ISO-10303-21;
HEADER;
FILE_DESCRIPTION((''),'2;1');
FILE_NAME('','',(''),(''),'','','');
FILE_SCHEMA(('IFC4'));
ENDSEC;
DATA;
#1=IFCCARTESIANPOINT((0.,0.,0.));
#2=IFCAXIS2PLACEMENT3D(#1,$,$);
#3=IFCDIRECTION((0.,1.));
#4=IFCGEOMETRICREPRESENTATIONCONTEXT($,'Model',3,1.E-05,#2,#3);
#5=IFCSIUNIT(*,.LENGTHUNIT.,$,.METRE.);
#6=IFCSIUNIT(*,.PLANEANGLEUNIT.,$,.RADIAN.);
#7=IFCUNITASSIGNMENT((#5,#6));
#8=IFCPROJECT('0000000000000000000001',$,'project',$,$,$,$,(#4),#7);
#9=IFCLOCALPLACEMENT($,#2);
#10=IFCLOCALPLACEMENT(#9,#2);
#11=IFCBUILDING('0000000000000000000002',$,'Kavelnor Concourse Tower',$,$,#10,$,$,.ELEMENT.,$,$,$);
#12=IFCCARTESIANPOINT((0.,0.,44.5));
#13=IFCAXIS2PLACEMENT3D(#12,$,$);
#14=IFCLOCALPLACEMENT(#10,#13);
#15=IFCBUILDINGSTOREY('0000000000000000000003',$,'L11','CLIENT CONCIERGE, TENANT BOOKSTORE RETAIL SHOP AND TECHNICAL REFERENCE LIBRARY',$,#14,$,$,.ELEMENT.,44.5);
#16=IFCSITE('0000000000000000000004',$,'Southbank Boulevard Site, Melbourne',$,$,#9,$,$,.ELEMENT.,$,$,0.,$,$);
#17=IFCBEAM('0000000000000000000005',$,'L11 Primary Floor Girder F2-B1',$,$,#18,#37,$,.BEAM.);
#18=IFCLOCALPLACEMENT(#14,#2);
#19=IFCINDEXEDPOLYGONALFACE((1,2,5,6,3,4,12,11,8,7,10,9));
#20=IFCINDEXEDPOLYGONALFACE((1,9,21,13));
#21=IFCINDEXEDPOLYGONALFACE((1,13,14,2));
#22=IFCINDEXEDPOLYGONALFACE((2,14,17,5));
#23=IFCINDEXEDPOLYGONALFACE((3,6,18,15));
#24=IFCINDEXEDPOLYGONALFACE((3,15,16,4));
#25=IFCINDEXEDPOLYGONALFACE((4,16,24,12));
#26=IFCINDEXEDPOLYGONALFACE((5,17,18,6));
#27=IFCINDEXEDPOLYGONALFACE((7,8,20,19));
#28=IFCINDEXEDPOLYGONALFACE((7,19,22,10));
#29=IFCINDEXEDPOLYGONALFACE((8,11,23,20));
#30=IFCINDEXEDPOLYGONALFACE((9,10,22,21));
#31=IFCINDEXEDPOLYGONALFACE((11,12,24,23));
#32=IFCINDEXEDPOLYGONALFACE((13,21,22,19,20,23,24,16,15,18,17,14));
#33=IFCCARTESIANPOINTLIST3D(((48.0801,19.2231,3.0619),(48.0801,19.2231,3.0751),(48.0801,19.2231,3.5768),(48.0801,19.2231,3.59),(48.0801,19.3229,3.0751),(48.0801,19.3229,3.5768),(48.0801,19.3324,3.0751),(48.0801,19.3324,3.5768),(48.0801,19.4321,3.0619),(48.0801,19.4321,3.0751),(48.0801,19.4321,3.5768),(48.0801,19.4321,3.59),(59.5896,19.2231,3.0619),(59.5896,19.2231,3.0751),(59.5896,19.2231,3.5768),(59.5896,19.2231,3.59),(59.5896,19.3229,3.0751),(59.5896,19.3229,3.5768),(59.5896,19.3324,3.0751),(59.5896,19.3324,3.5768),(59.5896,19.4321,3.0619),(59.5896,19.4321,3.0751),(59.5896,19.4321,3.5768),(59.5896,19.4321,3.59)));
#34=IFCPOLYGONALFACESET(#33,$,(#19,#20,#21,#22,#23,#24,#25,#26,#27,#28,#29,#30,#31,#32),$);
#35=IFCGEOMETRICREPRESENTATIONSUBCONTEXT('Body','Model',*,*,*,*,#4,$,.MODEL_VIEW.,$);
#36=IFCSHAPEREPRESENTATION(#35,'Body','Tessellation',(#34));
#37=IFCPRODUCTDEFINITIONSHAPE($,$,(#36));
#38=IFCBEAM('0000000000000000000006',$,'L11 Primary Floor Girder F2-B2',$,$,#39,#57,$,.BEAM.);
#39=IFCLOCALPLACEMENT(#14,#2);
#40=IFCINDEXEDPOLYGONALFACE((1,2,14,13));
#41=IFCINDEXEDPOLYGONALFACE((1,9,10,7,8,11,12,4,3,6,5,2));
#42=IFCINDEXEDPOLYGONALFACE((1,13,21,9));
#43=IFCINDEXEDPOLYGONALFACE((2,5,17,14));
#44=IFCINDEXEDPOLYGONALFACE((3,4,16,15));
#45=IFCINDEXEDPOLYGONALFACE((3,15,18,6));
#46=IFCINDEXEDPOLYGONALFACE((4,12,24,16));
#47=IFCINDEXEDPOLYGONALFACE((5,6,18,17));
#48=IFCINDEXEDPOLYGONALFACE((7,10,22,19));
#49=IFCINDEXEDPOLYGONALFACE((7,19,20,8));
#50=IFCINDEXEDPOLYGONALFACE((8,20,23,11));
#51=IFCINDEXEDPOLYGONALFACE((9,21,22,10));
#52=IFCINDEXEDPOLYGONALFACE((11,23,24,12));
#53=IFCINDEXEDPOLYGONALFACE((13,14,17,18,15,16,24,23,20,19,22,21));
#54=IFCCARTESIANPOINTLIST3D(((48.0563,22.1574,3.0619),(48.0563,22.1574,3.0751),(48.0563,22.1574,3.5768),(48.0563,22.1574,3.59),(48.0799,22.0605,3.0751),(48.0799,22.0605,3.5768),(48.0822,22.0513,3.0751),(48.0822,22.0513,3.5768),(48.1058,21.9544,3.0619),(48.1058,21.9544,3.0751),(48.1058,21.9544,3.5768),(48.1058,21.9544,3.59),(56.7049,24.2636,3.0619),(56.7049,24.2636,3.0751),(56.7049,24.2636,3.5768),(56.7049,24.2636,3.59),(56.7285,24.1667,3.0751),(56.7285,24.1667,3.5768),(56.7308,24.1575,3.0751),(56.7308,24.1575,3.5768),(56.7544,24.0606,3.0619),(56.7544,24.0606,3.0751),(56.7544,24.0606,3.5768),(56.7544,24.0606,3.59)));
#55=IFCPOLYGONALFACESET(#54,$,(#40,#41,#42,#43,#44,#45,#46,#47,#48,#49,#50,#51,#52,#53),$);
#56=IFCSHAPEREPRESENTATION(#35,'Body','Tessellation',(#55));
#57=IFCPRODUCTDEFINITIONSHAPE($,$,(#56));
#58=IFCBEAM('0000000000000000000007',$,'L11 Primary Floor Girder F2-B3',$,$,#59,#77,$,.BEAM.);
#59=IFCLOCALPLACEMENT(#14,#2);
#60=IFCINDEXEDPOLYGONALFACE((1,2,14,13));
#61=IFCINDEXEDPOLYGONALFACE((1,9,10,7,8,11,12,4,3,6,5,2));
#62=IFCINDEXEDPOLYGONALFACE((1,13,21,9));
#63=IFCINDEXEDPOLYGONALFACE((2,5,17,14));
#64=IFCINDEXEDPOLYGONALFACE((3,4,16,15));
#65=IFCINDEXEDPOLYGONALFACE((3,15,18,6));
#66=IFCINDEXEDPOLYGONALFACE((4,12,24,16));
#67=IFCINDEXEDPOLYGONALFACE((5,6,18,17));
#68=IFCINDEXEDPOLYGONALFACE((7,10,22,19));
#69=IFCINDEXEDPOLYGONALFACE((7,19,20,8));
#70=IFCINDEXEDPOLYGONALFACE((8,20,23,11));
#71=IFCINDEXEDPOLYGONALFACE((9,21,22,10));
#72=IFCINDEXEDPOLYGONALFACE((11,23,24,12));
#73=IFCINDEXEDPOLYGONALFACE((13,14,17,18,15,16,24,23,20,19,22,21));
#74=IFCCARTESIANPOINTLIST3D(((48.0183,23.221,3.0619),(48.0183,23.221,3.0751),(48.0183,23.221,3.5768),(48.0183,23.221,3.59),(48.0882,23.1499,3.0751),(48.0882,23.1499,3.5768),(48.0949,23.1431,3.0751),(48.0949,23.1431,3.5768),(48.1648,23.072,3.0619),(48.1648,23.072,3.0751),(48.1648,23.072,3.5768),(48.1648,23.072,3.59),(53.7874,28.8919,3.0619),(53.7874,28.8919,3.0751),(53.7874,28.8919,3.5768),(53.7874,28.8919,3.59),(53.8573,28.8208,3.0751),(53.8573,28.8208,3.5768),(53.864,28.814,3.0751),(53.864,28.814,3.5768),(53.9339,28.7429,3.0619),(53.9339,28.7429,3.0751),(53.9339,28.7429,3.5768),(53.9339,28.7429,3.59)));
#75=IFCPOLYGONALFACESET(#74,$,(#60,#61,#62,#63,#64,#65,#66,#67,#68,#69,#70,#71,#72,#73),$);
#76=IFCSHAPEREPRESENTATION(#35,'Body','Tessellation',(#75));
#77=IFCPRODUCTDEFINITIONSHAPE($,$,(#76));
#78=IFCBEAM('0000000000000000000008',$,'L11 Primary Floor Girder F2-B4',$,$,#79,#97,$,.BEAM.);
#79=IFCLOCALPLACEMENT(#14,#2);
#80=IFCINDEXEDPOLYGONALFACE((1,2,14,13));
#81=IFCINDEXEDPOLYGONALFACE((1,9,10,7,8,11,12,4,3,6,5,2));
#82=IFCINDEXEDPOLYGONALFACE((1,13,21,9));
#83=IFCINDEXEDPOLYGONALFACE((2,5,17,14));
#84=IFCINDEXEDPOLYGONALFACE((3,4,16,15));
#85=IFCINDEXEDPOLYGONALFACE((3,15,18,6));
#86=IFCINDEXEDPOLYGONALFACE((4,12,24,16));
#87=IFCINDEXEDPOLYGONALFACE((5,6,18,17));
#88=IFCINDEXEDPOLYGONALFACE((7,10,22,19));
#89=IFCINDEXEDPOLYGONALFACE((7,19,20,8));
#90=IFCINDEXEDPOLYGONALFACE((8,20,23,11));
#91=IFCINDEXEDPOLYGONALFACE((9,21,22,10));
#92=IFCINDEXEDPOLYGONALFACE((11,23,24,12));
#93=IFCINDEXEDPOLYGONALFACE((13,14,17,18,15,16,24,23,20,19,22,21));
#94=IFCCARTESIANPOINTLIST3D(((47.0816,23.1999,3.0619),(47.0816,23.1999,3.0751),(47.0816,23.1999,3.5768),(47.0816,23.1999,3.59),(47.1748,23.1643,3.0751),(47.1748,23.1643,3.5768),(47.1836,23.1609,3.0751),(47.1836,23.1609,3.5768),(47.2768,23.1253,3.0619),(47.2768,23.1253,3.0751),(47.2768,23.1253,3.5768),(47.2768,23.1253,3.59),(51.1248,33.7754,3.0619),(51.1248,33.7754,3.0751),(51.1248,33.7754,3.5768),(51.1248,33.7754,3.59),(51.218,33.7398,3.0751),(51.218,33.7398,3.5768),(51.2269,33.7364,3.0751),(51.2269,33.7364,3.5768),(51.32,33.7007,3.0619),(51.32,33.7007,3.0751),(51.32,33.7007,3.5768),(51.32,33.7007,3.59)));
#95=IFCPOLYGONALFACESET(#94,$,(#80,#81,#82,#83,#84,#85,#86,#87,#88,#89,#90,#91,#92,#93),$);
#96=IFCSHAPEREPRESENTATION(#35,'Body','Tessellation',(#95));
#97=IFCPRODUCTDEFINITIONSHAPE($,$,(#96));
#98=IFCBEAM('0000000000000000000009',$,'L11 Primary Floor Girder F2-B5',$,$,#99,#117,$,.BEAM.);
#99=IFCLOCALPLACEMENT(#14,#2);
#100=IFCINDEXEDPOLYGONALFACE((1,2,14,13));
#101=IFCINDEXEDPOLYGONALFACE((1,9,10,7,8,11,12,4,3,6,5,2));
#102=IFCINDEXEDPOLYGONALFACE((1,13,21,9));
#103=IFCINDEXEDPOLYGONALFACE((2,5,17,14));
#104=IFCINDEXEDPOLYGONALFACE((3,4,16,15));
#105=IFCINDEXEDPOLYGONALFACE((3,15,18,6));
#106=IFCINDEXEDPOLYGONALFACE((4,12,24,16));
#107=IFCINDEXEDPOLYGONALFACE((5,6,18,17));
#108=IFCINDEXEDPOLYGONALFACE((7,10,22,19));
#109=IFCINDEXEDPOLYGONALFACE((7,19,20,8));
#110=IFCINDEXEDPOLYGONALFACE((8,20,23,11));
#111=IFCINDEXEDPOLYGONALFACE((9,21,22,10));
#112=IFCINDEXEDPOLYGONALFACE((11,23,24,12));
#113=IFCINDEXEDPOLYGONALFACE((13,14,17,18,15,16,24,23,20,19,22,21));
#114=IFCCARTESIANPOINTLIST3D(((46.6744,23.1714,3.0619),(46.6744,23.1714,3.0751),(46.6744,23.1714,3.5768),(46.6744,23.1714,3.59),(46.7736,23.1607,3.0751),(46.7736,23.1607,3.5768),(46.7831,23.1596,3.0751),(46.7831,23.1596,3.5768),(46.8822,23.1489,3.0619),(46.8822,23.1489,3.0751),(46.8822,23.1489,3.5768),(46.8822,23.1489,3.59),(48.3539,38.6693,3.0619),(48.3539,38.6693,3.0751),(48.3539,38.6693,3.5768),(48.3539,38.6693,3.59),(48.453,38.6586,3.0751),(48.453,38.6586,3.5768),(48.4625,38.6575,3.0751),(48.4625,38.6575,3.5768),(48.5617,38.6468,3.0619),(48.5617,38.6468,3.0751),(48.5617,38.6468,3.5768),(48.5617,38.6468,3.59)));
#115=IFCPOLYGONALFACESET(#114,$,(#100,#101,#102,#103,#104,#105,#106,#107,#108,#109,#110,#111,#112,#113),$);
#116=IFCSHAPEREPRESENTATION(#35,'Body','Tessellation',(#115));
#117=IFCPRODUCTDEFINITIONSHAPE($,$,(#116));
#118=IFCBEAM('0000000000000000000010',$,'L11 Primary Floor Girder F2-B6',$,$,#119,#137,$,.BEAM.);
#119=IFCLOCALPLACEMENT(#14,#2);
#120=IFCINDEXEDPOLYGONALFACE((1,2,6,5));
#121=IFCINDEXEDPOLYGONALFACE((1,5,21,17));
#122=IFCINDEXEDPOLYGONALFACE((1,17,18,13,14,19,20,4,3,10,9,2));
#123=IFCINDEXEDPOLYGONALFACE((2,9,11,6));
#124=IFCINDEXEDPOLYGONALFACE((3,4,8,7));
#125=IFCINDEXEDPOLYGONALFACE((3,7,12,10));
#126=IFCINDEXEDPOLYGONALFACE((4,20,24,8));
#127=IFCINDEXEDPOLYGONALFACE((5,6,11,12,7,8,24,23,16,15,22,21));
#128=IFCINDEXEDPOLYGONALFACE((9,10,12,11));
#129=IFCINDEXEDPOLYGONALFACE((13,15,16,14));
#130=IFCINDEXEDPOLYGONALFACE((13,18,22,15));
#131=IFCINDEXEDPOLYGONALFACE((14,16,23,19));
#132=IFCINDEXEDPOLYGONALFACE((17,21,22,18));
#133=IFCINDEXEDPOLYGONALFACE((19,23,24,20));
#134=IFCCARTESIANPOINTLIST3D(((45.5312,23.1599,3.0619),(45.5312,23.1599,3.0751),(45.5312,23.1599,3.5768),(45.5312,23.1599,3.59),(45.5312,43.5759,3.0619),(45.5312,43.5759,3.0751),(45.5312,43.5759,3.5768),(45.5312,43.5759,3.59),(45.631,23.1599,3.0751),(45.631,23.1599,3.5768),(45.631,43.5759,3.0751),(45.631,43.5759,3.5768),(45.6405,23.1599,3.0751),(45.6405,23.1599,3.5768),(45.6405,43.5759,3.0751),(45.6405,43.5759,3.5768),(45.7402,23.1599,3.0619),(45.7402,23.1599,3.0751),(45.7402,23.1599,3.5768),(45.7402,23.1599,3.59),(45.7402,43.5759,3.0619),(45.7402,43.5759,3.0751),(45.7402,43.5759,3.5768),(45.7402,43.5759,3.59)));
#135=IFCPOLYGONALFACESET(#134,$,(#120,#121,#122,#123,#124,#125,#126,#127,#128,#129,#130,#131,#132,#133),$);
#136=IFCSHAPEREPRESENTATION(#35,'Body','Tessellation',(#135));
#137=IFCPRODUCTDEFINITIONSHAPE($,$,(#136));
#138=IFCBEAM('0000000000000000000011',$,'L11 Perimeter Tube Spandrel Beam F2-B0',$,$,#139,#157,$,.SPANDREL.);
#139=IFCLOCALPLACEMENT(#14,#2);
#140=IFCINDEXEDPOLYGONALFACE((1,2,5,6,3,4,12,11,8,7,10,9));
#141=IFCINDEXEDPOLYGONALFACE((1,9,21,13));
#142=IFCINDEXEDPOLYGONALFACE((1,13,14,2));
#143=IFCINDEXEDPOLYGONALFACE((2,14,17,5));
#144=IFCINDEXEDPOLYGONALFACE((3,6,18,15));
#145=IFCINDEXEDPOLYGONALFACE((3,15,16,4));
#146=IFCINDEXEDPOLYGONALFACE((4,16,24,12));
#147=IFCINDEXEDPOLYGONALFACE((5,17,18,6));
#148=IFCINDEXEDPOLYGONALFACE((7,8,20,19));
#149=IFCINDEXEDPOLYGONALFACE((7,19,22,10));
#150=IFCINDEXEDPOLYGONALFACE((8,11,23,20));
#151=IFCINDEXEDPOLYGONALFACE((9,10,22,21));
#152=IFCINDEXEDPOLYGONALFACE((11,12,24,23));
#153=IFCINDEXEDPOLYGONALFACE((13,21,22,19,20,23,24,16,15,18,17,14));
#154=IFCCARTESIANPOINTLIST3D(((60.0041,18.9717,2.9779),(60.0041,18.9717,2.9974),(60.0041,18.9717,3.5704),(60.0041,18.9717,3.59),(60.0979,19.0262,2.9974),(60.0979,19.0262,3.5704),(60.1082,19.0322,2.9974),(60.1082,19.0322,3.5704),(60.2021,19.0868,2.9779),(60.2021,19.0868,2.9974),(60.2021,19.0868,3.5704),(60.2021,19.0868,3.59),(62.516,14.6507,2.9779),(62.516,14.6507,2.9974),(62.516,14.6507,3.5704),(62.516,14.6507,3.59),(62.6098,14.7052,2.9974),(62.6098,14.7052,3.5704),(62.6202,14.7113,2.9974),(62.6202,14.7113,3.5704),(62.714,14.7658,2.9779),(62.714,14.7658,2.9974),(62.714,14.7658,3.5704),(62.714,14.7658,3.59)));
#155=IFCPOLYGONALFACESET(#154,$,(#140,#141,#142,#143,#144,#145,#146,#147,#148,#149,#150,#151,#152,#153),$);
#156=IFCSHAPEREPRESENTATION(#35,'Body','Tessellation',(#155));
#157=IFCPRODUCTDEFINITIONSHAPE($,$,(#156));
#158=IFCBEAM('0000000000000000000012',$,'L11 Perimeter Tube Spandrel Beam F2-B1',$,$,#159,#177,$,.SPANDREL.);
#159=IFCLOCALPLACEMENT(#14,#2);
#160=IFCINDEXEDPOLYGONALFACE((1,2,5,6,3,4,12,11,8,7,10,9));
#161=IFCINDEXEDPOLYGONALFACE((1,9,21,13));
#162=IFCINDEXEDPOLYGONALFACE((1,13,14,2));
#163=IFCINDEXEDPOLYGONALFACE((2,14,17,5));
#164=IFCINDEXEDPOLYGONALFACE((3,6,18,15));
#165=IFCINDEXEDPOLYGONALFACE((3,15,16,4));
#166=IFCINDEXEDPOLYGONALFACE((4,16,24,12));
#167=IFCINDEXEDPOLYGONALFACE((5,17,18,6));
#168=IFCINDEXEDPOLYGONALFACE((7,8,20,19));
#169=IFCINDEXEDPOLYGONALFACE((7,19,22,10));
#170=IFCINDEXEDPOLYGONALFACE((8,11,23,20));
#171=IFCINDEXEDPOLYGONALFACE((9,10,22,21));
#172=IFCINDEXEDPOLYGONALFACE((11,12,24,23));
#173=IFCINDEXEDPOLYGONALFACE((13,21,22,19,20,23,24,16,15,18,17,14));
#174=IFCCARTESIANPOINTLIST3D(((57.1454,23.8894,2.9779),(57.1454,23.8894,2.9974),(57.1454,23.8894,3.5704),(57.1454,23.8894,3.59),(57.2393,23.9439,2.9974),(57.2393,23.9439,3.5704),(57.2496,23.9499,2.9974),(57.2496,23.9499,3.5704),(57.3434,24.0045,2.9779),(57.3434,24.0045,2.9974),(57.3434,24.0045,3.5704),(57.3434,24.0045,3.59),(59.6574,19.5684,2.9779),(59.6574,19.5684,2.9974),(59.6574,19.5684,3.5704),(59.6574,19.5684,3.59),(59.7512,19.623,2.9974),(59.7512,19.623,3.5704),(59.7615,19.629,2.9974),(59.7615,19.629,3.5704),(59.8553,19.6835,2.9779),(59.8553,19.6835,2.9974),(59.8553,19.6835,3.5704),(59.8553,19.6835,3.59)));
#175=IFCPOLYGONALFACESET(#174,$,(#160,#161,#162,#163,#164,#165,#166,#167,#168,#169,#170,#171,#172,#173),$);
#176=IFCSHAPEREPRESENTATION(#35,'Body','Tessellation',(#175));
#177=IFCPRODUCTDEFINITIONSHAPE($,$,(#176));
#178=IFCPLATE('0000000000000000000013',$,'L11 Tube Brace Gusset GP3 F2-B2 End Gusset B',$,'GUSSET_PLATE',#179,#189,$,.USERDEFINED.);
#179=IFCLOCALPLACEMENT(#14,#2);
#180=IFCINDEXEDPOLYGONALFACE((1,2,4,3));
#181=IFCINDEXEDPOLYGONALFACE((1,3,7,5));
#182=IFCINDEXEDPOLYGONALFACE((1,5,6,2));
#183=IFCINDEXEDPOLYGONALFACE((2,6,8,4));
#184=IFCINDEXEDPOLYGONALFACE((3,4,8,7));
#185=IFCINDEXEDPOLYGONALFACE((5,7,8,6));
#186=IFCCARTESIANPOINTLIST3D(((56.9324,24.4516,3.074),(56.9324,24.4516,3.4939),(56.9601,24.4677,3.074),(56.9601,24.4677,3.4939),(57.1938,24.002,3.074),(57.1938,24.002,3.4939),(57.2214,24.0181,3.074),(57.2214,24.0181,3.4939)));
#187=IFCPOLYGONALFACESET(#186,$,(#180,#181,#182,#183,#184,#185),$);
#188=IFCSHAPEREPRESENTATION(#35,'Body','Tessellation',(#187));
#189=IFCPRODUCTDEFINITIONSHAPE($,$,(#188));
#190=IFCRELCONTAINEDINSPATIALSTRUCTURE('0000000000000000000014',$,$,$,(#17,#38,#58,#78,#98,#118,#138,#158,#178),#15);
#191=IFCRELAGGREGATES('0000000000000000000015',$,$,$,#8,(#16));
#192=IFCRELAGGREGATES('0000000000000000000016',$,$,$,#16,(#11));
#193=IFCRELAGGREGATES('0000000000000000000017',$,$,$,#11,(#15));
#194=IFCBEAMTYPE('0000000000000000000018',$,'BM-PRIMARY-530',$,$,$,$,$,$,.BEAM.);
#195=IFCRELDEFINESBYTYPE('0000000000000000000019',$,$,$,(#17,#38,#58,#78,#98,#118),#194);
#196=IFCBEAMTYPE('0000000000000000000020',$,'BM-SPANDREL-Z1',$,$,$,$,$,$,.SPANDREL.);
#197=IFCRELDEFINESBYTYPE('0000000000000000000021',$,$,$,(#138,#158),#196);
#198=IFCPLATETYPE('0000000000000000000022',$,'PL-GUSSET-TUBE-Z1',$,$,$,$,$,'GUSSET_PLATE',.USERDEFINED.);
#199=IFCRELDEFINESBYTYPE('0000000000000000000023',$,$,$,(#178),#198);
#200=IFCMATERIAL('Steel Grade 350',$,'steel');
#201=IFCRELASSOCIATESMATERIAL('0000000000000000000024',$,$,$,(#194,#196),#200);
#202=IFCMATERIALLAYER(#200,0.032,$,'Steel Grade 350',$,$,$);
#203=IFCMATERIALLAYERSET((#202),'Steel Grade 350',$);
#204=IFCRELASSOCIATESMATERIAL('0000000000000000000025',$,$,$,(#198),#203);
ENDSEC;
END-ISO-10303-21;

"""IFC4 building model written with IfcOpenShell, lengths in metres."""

from ifc_helpers import new_model, si_unit, direction, frame, origin, origin_2d, place, context, subcontext, project, spatial, rectangle, i_section, extrude, material, layer, layer_set, material_profile, profile_set, type_object, element, save


model = new_model("IFC4")

# Units and contexts
model_context = context("Model", 3, precision=1e-05, world=origin(), true_north=direction((0.0, 1.0)))
body_context = subcontext(model_context, "Body", "Model", "MODEL_VIEW")
ifc_project = project(units=[si_unit("LENGTHUNIT", "METRE"), si_unit("PLANEANGLEUNIT", "RADIAN")], contexts=[model_context])

# Site, building, storey
site_placement = place(None, origin())
site = spatial("IfcSite", under=ifc_project, at=site_placement, Name="Southbank Boulevard Site, Melbourne", CompositionType="ELEMENT", RefElevation=0.0)
building_placement = place(site_placement, origin())
building = spatial("IfcBuilding", under=site, at=building_placement, Name="Kavelnor Concourse Tower", CompositionType="ELEMENT")
storey_placement = place(building_placement, frame((0.0, 0.0, 44.5)))
storey = spatial("IfcBuildingStorey", under=building, at=storey_placement, Name="L11", Description="CLIENT CONCIERGE, TENANT BOOKSTORE RETAIL SHOP AND TECHNICAL REFERENCE LIBRARY", CompositionType="ELEMENT", Elevation=44.5)

# Shared definitions
ifc_material_1 = material(Name="Steel Grade 350", Category="steel")

# Beams
ifc_material_profile_1 = material_profile(ifc_material_1, i_section(OverallWidth=0.209, OverallDepth=0.5281, WebThickness=0.0095, FlangeThickness=0.0132, at=origin_2d()), Name="530UB82")
ifc_profile_set_1 = profile_set([ifc_material_profile_1], Name="Steel Grade 350")
beam_type_1 = type_object("IfcBeamType", Name="BM-PRIMARY-530", PredefinedType="BEAM", material=ifc_profile_set_1)
beam_1_placement = place(storey_placement, frame((48.0801, 19.3276, 3.3259), z_axis=(1.0, 0.0, 0.0), x_axis=(0.0, 1.0, 0.0)))
element("IfcBeam", 1, at=beam_1_placement, inside=storey, type_object=beam_type_1, Name="L11 Primary Floor Girder F2-B1", PredefinedType="BEAM", context=body_context, shape_type="SweptSolid", body=[
    extrude(i_section(OverallWidth=0.209, OverallDepth=0.5281, WebThickness=0.0095, FlangeThickness=0.0132, at=origin_2d()), origin(), (0.0, 0.0, 1.0), 11.5095),
])
beam_2_placement = place(storey_placement, frame((48.0811, 22.0559, 3.3259), z_axis=(0.971604, 0.236613, 0.0), x_axis=(-0.236613, 0.971604, 0.0)))
element("IfcBeam", 2, at=beam_2_placement, inside=storey, type_object=beam_type_1, Name="L11 Primary Floor Girder F2-B2", PredefinedType="BEAM", context=body_context, shape_type="SweptSolid", body=[
    extrude(i_section(OverallWidth=0.209, OverallDepth=0.5281, WebThickness=0.0095, FlangeThickness=0.0132, at=origin_2d()), origin(), (0.0, 0.0, 1.0), 8.9014),
])
beam_3_placement = place(storey_placement, frame((48.0916, 23.1465, 3.3259), z_axis=(0.713147, 0.701015, 0.0), x_axis=(-0.701015, 0.713147, 0.0)))
element("IfcBeam", 3, at=beam_3_placement, inside=storey, type_object=beam_type_1, Name="L11 Primary Floor Girder F2-B3", PredefinedType="BEAM", context=body_context, shape_type="SweptSolid", body=[
    extrude(i_section(OverallWidth=0.209, OverallDepth=0.5281, WebThickness=0.0095, FlangeThickness=0.0132, at=origin_2d()), origin(), (0.0, 0.0, 1.0), 8.0896),
])
beam_4_placement = place(storey_placement, frame((47.1792, 23.1626, 3.3259), z_axis=(0.357111, 0.934062, 0.0), x_axis=(-0.934062, 0.357111, 0.0)))
element("IfcBeam", 4, at=beam_4_placement, inside=storey, type_object=beam_type_1, Name="L11 Primary Floor Girder F2-B4", PredefinedType="BEAM", context=body_context, shape_type="SweptSolid", body=[
    extrude(i_section(OverallWidth=0.209, OverallDepth=0.5281, WebThickness=0.0095, FlangeThickness=0.0132, at=origin_2d()), origin(), (0.0, 0.0, 1.0), 11.322),
])
beam_5_placement = place(storey_placement, frame((46.7783, 23.1602, 3.3259), z_axis=(0.107736, 0.99418, 0.0), x_axis=(-0.99418, 0.107736, 0.0)))
element("IfcBeam", 5, at=beam_5_placement, inside=storey, type_object=beam_type_1, Name="L11 Primary Floor Girder F2-B5", PredefinedType="BEAM", context=body_context, shape_type="SweptSolid", body=[
    extrude(i_section(OverallWidth=0.209, OverallDepth=0.5281, WebThickness=0.0095, FlangeThickness=0.0132, at=origin_2d()), origin(), (0.0, 0.0, 1.0), 15.5886),
])
beam_6_placement = place(storey_placement, frame((45.6357, 23.1599, 3.3259), z_axis=(0.0, 1.0, 0.0), x_axis=(-1.0, 0.0, 0.0)))
element("IfcBeam", 6, at=beam_6_placement, inside=storey, type_object=beam_type_1, Name="L11 Primary Floor Girder F2-B6", PredefinedType="BEAM", context=body_context, shape_type="SweptSolid", body=[
    extrude(i_section(OverallWidth=0.209, OverallDepth=0.5281, WebThickness=0.0095, FlangeThickness=0.0132, at=origin_2d()), origin(), (0.0, 0.0, 1.0), 20.416),
])
ifc_material_profile_2 = material_profile(ifc_material_1, i_section(OverallWidth=0.229, OverallDepth=0.6121, WebThickness=0.012, FlangeThickness=0.0195, at=origin_2d()), Name="610UB125")
ifc_profile_set_2 = profile_set([ifc_material_profile_2], Name="Steel Grade 350")
beam_type_2 = type_object("IfcBeamType", Name="BM-SPANDREL-Z1", PredefinedType="SPANDREL", material=ifc_profile_set_2)
for number, where, z_axis, x_axis, name in (
    (7, (62.615, 14.7083, 3.2839), (-0.50258, 0.864531, 0.0), (-0.864531, -0.50258, 0.0), "L11 Perimeter Tube Spandrel Beam F2-B0"),
    (8, (59.7563, 19.626, 3.2839), (-0.50258, 0.864531, 0.0), (-0.864531, -0.50258, 0.0), "L11 Perimeter Tube Spandrel Beam F2-B1"),
):
    element("IfcBeam", number, at=place(storey_placement, frame(where, z_axis=z_axis, x_axis=x_axis)), inside=storey, type_object=beam_type_2, Name=name, PredefinedType="SPANDREL", context=body_context, shape_type="SweptSolid", body=[
        extrude(i_section(OverallWidth=0.229, OverallDepth=0.6121, WebThickness=0.012, FlangeThickness=0.0195, at=origin_2d()), origin(), (0.0, 0.0, 1.0), 4.998),
    ])

# Plate
ifc_layer_1 = layer(ifc_material_1, 0.032, Name="Steel Grade 350")
ifc_layer_set_1 = layer_set([ifc_layer_1], Name="Steel Grade 350")
plate_type = type_object("IfcPlateType", Name="PL-GUSSET-TUBE-Z1", ElementType="GUSSET_PLATE", PredefinedType="USERDEFINED", material=ifc_layer_set_1)
plate_placement = place(storey_placement, frame((57.0769, 24.2349, 3.074), z_axis=(0.0, 0.0, 1.0), x_axis=(0.502567, -0.864538, 0.0)))
element("IfcPlate", 9, at=plate_placement, inside=storey, type_object=plate_type, Name="L11 Tube Brace Gusset GP3 F2-B2 End Gusset B", ObjectType="GUSSET_PLATE", PredefinedType="USERDEFINED", context=body_context, shape_type="SweptSolid", body=[
    extrude(rectangle(XDim=0.52, YDim=0.032, at=origin_2d()), origin(), (0.0, 0.0, 1.0), 0.4199),
])

save(model, "model.ifc")
